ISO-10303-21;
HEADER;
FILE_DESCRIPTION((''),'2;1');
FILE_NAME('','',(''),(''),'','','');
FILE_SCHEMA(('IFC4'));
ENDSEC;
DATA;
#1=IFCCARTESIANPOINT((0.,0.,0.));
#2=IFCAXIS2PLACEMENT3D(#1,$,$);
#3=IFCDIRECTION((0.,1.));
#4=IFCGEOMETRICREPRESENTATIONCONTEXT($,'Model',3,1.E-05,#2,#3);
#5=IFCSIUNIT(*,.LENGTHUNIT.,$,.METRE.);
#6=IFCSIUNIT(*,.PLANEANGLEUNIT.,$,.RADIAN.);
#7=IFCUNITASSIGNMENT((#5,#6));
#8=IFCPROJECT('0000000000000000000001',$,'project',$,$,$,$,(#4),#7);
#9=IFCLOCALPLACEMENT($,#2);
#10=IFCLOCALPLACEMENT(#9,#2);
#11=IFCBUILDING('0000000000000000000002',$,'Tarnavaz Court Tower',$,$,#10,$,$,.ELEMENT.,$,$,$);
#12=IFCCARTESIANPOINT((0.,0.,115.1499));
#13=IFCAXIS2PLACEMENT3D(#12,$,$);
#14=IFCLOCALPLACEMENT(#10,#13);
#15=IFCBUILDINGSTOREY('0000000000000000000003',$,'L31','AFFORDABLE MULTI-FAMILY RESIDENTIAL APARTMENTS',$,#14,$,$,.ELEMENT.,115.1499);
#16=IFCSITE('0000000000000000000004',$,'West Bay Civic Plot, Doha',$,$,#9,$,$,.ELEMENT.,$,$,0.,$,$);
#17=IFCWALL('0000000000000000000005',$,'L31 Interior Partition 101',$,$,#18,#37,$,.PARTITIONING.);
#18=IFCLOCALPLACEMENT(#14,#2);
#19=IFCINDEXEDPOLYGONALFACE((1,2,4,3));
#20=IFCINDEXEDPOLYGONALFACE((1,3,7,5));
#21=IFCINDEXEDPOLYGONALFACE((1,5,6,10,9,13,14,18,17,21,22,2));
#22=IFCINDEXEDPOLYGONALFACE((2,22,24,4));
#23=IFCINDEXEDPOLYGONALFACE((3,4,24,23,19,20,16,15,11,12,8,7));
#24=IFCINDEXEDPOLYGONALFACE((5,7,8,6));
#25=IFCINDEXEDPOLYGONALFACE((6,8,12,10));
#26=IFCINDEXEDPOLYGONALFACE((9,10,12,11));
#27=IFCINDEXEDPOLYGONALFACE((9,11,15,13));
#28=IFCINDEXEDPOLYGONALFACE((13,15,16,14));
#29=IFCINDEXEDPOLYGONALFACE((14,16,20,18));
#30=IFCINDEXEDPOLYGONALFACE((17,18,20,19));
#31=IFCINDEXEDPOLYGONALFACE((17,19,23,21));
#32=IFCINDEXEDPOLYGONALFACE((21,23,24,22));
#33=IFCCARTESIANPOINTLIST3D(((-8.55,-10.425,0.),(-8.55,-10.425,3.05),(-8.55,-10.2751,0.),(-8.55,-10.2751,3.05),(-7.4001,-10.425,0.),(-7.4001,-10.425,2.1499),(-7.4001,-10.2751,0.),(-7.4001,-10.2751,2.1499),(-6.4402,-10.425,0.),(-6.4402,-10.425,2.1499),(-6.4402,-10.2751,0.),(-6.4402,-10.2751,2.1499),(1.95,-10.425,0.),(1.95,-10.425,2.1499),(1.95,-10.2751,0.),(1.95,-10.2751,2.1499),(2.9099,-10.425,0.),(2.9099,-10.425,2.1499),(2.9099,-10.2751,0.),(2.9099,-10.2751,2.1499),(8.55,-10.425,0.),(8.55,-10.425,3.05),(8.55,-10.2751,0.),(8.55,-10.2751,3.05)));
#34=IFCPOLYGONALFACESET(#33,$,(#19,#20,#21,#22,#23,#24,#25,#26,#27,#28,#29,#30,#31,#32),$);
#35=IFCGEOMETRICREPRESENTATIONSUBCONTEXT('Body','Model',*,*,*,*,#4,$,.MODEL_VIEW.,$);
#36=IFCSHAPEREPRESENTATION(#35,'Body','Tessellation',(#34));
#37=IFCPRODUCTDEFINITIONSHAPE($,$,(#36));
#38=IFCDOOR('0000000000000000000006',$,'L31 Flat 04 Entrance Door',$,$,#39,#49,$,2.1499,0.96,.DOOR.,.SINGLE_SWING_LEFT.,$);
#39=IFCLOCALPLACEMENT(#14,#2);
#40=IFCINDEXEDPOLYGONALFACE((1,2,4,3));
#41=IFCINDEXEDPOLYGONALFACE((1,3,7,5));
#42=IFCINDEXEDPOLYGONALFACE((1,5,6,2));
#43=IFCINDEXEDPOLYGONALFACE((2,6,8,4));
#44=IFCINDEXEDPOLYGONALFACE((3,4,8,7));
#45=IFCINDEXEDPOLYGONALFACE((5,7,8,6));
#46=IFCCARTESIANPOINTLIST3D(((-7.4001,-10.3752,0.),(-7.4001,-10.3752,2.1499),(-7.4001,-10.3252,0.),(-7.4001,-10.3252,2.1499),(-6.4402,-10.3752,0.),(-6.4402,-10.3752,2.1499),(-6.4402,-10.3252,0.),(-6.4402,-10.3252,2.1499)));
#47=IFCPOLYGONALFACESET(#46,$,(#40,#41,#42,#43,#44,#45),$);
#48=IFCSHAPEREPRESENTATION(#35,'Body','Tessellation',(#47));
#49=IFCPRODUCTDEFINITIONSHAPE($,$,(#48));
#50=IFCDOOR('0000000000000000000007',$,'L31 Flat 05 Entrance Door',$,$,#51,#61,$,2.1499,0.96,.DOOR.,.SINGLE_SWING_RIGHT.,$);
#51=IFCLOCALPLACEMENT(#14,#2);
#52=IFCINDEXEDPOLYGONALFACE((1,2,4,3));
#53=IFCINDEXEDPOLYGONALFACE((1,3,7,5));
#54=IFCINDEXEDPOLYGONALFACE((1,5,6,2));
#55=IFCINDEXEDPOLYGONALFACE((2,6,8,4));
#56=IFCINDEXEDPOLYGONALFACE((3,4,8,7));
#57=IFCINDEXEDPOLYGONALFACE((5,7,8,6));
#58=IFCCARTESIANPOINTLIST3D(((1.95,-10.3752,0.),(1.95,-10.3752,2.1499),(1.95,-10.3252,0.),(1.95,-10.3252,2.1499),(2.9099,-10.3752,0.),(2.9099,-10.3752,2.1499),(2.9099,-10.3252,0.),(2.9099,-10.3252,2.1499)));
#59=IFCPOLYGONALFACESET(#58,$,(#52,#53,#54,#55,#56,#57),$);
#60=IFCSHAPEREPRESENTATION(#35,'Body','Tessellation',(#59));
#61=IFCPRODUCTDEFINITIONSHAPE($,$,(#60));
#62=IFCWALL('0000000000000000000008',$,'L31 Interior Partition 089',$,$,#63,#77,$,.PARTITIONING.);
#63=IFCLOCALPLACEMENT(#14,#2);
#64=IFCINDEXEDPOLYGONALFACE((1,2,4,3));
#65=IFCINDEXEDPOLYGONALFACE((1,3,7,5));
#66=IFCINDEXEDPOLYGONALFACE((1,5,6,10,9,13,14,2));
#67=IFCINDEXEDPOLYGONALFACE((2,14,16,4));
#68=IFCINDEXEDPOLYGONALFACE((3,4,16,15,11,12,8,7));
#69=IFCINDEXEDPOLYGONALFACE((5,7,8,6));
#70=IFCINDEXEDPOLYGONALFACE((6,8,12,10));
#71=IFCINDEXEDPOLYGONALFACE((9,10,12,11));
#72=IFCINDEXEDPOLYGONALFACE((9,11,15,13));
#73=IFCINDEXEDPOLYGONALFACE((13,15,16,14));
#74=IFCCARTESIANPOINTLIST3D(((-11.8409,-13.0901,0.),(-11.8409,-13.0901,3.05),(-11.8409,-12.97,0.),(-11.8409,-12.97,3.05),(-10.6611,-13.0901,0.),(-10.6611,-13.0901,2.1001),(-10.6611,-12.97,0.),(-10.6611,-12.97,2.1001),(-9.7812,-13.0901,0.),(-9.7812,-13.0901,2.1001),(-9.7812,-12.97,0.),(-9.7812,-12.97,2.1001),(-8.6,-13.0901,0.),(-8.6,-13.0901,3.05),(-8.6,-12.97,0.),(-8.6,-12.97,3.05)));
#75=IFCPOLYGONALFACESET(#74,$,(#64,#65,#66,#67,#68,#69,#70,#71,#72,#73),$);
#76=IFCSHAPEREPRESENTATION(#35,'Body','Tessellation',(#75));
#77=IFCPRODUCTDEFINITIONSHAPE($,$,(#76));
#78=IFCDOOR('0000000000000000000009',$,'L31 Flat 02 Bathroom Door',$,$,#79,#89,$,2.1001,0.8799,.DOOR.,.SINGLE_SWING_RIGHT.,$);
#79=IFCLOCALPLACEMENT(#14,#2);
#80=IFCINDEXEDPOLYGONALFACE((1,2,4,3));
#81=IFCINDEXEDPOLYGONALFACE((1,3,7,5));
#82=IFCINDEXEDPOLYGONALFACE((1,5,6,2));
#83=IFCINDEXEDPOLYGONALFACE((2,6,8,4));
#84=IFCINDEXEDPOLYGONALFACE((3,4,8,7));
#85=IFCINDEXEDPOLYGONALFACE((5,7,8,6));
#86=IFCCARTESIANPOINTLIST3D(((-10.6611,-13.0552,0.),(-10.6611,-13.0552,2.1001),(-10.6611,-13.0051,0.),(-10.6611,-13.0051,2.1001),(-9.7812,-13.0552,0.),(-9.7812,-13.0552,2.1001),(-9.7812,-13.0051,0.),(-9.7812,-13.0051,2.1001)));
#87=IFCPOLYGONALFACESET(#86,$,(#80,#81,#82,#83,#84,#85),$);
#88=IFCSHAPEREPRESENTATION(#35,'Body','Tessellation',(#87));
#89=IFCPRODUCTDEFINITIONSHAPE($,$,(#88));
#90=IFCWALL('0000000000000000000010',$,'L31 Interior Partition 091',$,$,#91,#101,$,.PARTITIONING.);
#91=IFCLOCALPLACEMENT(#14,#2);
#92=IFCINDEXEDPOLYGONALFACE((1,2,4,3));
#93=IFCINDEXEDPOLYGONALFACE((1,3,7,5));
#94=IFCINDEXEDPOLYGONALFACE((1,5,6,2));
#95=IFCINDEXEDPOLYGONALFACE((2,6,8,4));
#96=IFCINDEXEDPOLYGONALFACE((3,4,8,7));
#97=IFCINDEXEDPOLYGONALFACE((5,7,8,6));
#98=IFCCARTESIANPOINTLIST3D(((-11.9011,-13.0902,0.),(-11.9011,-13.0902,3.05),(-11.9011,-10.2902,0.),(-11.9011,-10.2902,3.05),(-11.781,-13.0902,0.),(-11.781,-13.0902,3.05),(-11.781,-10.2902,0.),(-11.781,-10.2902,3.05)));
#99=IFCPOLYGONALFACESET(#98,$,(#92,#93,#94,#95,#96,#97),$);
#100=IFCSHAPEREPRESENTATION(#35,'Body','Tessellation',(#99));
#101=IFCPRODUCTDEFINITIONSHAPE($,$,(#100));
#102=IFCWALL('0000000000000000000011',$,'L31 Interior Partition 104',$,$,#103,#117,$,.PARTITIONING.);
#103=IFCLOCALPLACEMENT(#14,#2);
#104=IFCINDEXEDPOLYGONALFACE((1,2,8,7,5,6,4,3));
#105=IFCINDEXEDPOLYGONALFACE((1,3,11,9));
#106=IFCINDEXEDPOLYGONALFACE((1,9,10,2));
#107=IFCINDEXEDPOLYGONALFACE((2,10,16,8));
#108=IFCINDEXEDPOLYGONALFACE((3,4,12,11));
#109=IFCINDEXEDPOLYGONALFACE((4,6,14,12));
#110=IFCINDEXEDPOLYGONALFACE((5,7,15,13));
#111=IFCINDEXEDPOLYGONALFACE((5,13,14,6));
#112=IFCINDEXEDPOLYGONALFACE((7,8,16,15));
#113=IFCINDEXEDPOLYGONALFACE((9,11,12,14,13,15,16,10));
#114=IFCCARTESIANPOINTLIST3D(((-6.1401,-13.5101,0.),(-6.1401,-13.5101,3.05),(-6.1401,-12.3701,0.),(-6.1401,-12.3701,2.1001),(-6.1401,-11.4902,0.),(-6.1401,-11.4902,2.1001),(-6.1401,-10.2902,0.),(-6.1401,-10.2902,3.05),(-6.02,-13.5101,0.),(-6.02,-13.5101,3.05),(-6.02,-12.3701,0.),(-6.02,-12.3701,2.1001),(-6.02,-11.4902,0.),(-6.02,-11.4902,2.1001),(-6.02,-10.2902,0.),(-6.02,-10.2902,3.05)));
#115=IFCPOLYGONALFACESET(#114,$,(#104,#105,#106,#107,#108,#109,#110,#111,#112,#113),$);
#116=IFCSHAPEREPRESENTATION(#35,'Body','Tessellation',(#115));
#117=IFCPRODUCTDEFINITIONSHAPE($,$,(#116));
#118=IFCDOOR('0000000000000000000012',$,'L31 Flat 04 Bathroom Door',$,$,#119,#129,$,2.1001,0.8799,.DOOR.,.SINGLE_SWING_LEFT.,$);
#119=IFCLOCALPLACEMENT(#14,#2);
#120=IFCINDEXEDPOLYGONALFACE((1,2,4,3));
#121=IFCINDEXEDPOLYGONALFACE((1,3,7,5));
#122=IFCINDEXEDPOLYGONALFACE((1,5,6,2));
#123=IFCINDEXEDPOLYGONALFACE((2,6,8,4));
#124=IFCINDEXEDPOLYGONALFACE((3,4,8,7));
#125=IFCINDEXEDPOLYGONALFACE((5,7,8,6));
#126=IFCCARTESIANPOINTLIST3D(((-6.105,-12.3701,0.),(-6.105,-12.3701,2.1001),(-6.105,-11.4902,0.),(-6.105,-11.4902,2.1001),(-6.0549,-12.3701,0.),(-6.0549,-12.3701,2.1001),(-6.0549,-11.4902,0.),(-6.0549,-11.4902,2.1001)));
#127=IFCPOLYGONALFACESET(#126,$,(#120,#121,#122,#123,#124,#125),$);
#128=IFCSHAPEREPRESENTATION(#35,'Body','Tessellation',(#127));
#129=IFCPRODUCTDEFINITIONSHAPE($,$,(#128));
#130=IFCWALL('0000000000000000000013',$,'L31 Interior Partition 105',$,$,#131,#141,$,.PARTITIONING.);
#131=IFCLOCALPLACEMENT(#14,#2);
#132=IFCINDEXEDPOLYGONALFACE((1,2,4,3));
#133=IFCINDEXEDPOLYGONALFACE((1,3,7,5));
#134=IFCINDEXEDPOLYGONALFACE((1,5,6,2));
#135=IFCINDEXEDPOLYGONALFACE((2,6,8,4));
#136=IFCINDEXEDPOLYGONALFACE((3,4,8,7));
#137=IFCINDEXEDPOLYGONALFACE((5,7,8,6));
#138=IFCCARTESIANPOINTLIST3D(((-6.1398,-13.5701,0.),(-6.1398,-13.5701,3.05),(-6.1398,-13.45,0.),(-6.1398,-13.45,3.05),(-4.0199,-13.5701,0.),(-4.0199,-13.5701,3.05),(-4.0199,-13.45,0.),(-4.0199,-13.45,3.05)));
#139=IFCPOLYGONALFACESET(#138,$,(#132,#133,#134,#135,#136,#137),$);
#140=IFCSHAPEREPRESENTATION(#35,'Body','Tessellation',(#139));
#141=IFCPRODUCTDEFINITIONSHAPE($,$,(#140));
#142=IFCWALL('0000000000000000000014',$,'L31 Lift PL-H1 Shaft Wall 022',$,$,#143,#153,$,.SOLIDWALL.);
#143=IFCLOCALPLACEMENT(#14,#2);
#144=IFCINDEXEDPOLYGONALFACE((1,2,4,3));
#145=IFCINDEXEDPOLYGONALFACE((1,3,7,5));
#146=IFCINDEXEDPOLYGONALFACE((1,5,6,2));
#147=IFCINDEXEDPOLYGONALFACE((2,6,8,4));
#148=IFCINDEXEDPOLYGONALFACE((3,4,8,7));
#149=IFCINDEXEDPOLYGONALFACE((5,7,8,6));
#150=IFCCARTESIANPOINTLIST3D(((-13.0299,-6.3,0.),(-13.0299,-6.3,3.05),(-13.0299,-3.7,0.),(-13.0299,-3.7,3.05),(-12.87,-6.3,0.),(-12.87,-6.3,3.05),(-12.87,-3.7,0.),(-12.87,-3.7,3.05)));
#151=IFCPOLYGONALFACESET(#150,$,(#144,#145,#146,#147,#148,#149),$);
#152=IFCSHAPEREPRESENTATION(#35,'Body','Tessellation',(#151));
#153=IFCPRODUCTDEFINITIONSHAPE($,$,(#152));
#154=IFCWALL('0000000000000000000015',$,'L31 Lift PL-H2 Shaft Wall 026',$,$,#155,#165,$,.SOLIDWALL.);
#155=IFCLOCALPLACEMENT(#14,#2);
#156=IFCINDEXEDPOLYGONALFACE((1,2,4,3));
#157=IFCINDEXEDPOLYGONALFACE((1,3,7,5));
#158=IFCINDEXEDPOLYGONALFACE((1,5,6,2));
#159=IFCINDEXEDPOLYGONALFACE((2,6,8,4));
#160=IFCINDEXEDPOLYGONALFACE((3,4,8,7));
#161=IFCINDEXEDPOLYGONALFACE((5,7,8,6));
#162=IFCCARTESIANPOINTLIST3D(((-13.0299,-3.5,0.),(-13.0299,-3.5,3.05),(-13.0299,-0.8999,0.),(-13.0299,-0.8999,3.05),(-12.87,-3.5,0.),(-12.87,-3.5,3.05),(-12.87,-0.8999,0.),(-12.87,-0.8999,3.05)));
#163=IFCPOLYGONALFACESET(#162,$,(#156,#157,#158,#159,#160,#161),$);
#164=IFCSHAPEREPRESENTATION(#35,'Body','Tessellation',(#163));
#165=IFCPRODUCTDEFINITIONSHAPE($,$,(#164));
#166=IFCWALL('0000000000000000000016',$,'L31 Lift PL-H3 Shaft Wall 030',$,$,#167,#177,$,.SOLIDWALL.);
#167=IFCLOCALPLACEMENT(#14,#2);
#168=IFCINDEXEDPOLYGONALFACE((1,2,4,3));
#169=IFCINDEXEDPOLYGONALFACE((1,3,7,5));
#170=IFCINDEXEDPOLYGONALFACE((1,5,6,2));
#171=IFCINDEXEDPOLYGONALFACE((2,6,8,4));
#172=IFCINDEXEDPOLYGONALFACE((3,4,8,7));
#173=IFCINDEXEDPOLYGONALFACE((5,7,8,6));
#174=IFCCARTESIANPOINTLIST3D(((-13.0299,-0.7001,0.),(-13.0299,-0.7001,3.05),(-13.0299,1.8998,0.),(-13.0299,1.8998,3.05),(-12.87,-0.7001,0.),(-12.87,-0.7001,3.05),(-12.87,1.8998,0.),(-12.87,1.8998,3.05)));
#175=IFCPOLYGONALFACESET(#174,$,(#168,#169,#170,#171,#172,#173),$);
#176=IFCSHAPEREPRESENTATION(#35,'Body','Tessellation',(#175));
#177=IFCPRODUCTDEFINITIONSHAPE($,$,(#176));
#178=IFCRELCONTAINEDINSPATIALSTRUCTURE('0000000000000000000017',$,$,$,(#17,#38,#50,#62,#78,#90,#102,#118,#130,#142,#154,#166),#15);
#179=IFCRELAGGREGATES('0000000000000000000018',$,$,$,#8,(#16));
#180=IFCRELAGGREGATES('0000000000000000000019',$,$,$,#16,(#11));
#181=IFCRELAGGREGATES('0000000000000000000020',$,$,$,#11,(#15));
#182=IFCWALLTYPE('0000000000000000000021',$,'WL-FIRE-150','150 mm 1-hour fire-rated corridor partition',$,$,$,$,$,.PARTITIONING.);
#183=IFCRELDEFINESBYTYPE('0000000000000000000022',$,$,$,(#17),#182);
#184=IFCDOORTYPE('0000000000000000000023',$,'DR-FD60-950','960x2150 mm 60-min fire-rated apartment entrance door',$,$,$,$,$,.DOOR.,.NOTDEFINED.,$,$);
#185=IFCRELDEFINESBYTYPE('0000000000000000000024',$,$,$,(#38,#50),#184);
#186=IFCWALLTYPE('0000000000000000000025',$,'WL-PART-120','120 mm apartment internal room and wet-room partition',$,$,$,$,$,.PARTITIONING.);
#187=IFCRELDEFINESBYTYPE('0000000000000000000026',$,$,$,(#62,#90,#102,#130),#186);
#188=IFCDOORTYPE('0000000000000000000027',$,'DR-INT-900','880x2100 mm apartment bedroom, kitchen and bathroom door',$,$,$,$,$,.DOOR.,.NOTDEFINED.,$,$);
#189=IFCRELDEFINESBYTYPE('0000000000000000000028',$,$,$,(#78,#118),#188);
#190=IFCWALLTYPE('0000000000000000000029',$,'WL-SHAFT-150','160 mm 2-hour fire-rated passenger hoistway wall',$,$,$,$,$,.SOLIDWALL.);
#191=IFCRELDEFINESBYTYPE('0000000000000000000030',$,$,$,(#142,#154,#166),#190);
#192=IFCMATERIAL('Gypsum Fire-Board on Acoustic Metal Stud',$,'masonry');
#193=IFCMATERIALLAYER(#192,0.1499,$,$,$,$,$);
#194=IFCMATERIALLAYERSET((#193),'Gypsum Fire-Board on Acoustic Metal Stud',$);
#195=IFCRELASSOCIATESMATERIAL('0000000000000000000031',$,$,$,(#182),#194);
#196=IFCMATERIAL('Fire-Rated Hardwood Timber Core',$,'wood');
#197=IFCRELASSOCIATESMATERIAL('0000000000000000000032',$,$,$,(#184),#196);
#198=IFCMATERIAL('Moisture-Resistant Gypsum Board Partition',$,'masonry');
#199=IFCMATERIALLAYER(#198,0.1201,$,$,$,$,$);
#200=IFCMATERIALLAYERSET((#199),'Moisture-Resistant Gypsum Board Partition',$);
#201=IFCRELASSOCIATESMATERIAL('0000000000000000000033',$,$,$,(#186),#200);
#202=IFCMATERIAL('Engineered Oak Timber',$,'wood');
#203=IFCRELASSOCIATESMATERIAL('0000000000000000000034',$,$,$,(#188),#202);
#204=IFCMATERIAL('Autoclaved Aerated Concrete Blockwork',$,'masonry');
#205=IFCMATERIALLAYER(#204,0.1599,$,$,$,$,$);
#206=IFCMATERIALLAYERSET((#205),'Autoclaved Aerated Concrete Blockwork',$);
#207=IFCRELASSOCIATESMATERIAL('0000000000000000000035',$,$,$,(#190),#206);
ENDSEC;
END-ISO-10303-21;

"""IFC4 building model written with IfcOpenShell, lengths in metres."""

from ifc_helpers import new_model, si_unit, direction, frame, frame_2d, origin, place, context, subcontext, project, spatial, rectangle, extrude, material, layer, layer_set, type_object, element, fill, save


model = new_model("IFC4")

# Units and contexts
model_context = context("Model", 3, precision=1e-05, world=origin(), true_north=direction((0.0, 1.0)))
body_context = subcontext(model_context, "Body", "Model", "MODEL_VIEW")
ifc_project = project(units=[si_unit("LENGTHUNIT", "METRE"), si_unit("PLANEANGLEUNIT", "RADIAN")], contexts=[model_context])

# Site, building, storey
site_placement = place(None, origin())
site = spatial("IfcSite", under=ifc_project, at=site_placement, Name="West Bay Civic Plot, Doha", CompositionType="ELEMENT", RefElevation=0.0)
building_placement = place(site_placement, origin())
building = spatial("IfcBuilding", under=site, at=building_placement, Name="Tarnavaz Court Tower", CompositionType="ELEMENT")
storey_placement = place(building_placement, frame((0.0, 0.0, 115.1499)))
storey = spatial("IfcBuildingStorey", under=building, at=storey_placement, Name="L31", Description="AFFORDABLE MULTI-FAMILY RESIDENTIAL APARTMENTS", CompositionType="ELEMENT", Elevation=115.1499)

# Wall, openings, doors
ifc_material_1 = material(Name="Gypsum Fire-Board on Acoustic Metal Stud", Category="masonry")
ifc_layer_1 = layer(ifc_material_1, 0.1499)
ifc_layer_set_1 = layer_set([ifc_layer_1], Name="Gypsum Fire-Board on Acoustic Metal Stud")
wall_type_1 = type_object("IfcWallType", Name="WL-FIRE-150", Description="150 mm 1-hour fire-rated corridor partition", PredefinedType="PARTITIONING", material=ifc_layer_set_1)
wall_1_placement = place(storey_placement, frame((-8.55, -10.3501, 0.0), z_axis=(0.0, 0.0, 1.0), x_axis=(1.0, 0.0, 0.0)))
wall_1 = element("IfcWall", 1, at=wall_1_placement, inside=storey, type_object=wall_type_1, Name="L31 Interior Partition 101", PredefinedType="PARTITIONING", context=body_context, shape_type="SweptSolid", body=[
    extrude(rectangle(XDim=17.1001, YDim=0.1499, at=frame_2d((8.55, 0.0))), origin(), (0.0, 0.0, 1.0), 3.05),
])
opening_1_placement = place(wall_1_placement, frame((1.1499, 0.0, 0.0)))
opening_1 = element("IfcOpeningElement", 2, at=opening_1_placement, cuts=wall_1, PredefinedType="OPENING", context=body_context, shape_type="SweptSolid", body=[
    extrude(rectangle(XDim=0.96, YDim=2.1499, at=frame_2d((0.48, 1.075))), frame((0.0, 0.085, 0.0), z_axis=(0.0, -1.0, 0.0), x_axis=(1.0, 0.0, 0.0)), (0.0, 0.0, 1.0), 0.1699),
])
opening_2_placement = place(wall_1_placement, frame((10.5, 0.0, 0.0)))
opening_2 = element("IfcOpeningElement", 3, at=opening_2_placement, cuts=wall_1, PredefinedType="OPENING", context=body_context, shape_type="SweptSolid", body=[
    extrude(rectangle(XDim=0.96, YDim=2.1499, at=frame_2d((0.48, 1.075))), frame((0.0, 0.085, 0.0), z_axis=(0.0, -1.0, 0.0), x_axis=(1.0, 0.0, 0.0)), (0.0, 0.0, 1.0), 0.1699),
])
ifc_material_2 = material(Name="Fire-Rated Hardwood Timber Core", Category="wood")
door_type_1 = type_object("IfcDoorType", Name="DR-FD60-950", Description="960x2150 mm 60-min fire-rated apartment entrance door", OperationType="NOTDEFINED", PredefinedType="DOOR", material=ifc_material_2)
door_1_placement = place(opening_1_placement, origin())
door_1 = element("IfcDoor", 4, at=door_1_placement, inside=storey, type_object=door_type_1, Name="L31 Flat 04 Entrance Door", OperationType="SINGLE_SWING_LEFT", OverallHeight=2.1499, OverallWidth=0.96, PredefinedType="DOOR", context=body_context, shape_type="SweptSolid", body=[
    extrude(rectangle(XDim=0.96, YDim=2.1499, at=frame_2d((0.48, 1.075))), frame((0.0, 0.0249, 0.0), z_axis=(0.0, -1.0, 0.0), x_axis=(1.0, 0.0, 0.0)), (0.0, 0.0, 1.0), 0.05),
])
fill(opening_1, door_1)
door_2_placement = place(opening_2_placement, origin())
door_2 = element("IfcDoor", 5, at=door_2_placement, inside=storey, type_object=door_type_1, Name="L31 Flat 05 Entrance Door", OperationType="SINGLE_SWING_RIGHT", OverallHeight=2.1499, OverallWidth=0.96, PredefinedType="DOOR", context=body_context, shape_type="SweptSolid", body=[
    extrude(rectangle(XDim=0.96, YDim=2.1499, at=frame_2d((0.48, 1.075))), frame((0.0, 0.0249, 0.0), z_axis=(0.0, -1.0, 0.0), x_axis=(1.0, 0.0, 0.0)), (0.0, 0.0, 1.0), 0.05),
])
fill(opening_2, door_2)

# Wall, opening, door
ifc_material_3 = material(Name="Moisture-Resistant Gypsum Board Partition", Category="masonry")
ifc_layer_2 = layer(ifc_material_3, 0.1201)
ifc_layer_set_2 = layer_set([ifc_layer_2], Name="Moisture-Resistant Gypsum Board Partition")
wall_type_2 = type_object("IfcWallType", Name="WL-PART-120", Description="120 mm apartment internal room and wet-room partition", PredefinedType="PARTITIONING", material=ifc_layer_set_2)
wall_2_placement = place(storey_placement, frame((-11.8411, -13.03, 0.0), z_axis=(0.0, 0.0, 1.0), x_axis=(1.0, 0.0, 0.0)))
wall_2 = element("IfcWall", 6, at=wall_2_placement, inside=storey, type_object=wall_type_2, Name="L31 Interior Partition 089", PredefinedType="PARTITIONING", context=body_context, shape_type="SweptSolid", body=[
    extrude(rectangle(XDim=3.241, YDim=0.1201, at=frame_2d((1.6206, 0.0))), origin(), (0.0, 0.0, 1.0), 3.05),
])
opening_3_placement = place(wall_2_placement, frame((1.1799, 0.0, 0.0)))
opening_3 = element("IfcOpeningElement", 7, at=opening_3_placement, cuts=wall_2, PredefinedType="OPENING", context=body_context, shape_type="SweptSolid", body=[
    extrude(rectangle(XDim=0.8799, YDim=2.1001, at=frame_2d((0.4399, 1.05))), frame((0.0, 0.0701, 0.0), z_axis=(0.0, -1.0, 0.0), x_axis=(1.0, 0.0, 0.0)), (0.0, 0.0, 1.0), 0.1401),
])
ifc_material_4 = material(Name="Engineered Oak Timber", Category="wood")
door_type_2 = type_object("IfcDoorType", Name="DR-INT-900", Description="880x2100 mm apartment bedroom, kitchen and bathroom door", OperationType="NOTDEFINED", PredefinedType="DOOR", material=ifc_material_4)
door_3_placement = place(opening_3_placement, origin())
door_3 = element("IfcDoor", 8, at=door_3_placement, inside=storey, type_object=door_type_2, Name="L31 Flat 02 Bathroom Door", OperationType="SINGLE_SWING_RIGHT", OverallHeight=2.1001, OverallWidth=0.8799, PredefinedType="DOOR", context=body_context, shape_type="SweptSolid", body=[
    extrude(rectangle(XDim=0.8799, YDim=2.1001, at=frame_2d((0.4399, 1.05))), frame((0.0, 0.0249, 0.0), z_axis=(0.0, -1.0, 0.0), x_axis=(1.0, 0.0, 0.0)), (0.0, 0.0, 1.0), 0.05),
])
fill(opening_3, door_3)

# Wall
wall_3_placement = place(storey_placement, frame((-11.8411, -13.0901, 0.0), z_axis=(0.0, 0.0, 1.0), x_axis=(0.0, 1.0, 0.0)))
element("IfcWall", 9, at=wall_3_placement, inside=storey, type_object=wall_type_2, Name="L31 Interior Partition 091", PredefinedType="PARTITIONING", context=body_context, shape_type="SweptSolid", body=[
    extrude(rectangle(XDim=2.8, YDim=0.1201, at=frame_2d((1.3999, 0.0))), origin(), (0.0, 0.0, 1.0), 3.05),
])

# Wall, opening, door
wall_4_placement = place(storey_placement, frame((-6.0801, -13.51, 0.0), z_axis=(0.0, 0.0, 1.0), x_axis=(0.0, 1.0, 0.0)))
wall_4 = element("IfcWall", 10, at=wall_4_placement, inside=storey, type_object=wall_type_2, Name="L31 Interior Partition 104", PredefinedType="PARTITIONING", context=body_context, shape_type="SweptSolid", body=[
    extrude(rectangle(XDim=3.22, YDim=0.1201, at=frame_2d((1.6099, 0.0))), origin(), (0.0, 0.0, 1.0), 3.05),
])
opening_4_placement = place(wall_4_placement, frame((1.1399, 0.0, 0.0)))
opening_4 = element("IfcOpeningElement", 11, at=opening_4_placement, cuts=wall_4, PredefinedType="OPENING", context=body_context, shape_type="SweptSolid", body=[
    extrude(rectangle(XDim=0.8799, YDim=2.1001, at=frame_2d((0.4399, 1.05))), frame((0.0, 0.0701, 0.0), z_axis=(0.0, -1.0, 0.0), x_axis=(1.0, 0.0, 0.0)), (0.0, 0.0, 1.0), 0.1401),
])
door_4_placement = place(opening_4_placement, origin())
door_4 = element("IfcDoor", 12, at=door_4_placement, inside=storey, type_object=door_type_2, Name="L31 Flat 04 Bathroom Door", OperationType="SINGLE_SWING_LEFT", OverallHeight=2.1001, OverallWidth=0.8799, PredefinedType="DOOR", context=body_context, shape_type="SweptSolid", body=[
    extrude(rectangle(XDim=0.8799, YDim=2.1001, at=frame_2d((0.4399, 1.05))), frame((0.0, 0.0249, 0.0), z_axis=(0.0, -1.0, 0.0), x_axis=(1.0, 0.0, 0.0)), (0.0, 0.0, 1.0), 0.05),
])
fill(opening_4, door_4)

# Wall
wall_5_placement = place(storey_placement, frame((-6.1399, -13.51, 0.0), z_axis=(0.0, 0.0, 1.0), x_axis=(1.0, 0.0, 0.0)))
element("IfcWall", 13, at=wall_5_placement, inside=storey, type_object=wall_type_2, Name="L31 Interior Partition 105", PredefinedType="PARTITIONING", context=body_context, shape_type="SweptSolid", body=[
    extrude(rectangle(XDim=2.1199, YDim=0.1201, at=frame_2d((1.0601, 0.0))), origin(), (0.0, 0.0, 1.0), 3.05),
])

# Walls
ifc_material_5 = material(Name="Autoclaved Aerated Concrete Blockwork", Category="masonry")
ifc_layer_3 = layer(ifc_material_5, 0.1599)
ifc_layer_set_3 = layer_set([ifc_layer_3], Name="Autoclaved Aerated Concrete Blockwork")
wall_type_3 = type_object("IfcWallType", Name="WL-SHAFT-150", Description="160 mm 2-hour fire-rated passenger hoistway wall", PredefinedType="SOLIDWALL", material=ifc_layer_set_3)
for number, where, z_axis, x_axis, name in (
    (14, (-12.95, -6.3, 0.0), (0.0, 0.0, 1.0), (0.0, 1.0, 0.0), "L31 Lift PL-H1 Shaft Wall 022"),
    (15, (-12.95, -3.5, 0.0), (0.0, 0.0, 1.0), (0.0, 1.0, 0.0), "L31 Lift PL-H2 Shaft Wall 026"),
):
    element("IfcWall", number, at=place(storey_placement, frame(where, z_axis=z_axis, x_axis=x_axis)), inside=storey, type_object=wall_type_3, Name=name, PredefinedType="SOLIDWALL", context=body_context, shape_type="SweptSolid", body=[
        extrude(rectangle(XDim=2.6001, YDim=0.1599, at=frame_2d((1.3, 0.0))), origin(), (0.0, 0.0, 1.0), 3.05),
    ])
wall_6_placement = place(storey_placement, frame((-12.95, -0.7, 0.0), z_axis=(0.0, 0.0, 1.0), x_axis=(0.0, 1.0, 0.0)))
element("IfcWall", 16, at=wall_6_placement, inside=storey, type_object=wall_type_3, Name="L31 Lift PL-H3 Shaft Wall 030", PredefinedType="SOLIDWALL", context=body_context, shape_type="SweptSolid", body=[
    extrude(rectangle(XDim=2.5999, YDim=0.1599, at=frame_2d((1.2998, 0.0))), origin(), (0.0, 0.0, 1.0), 3.05),
])

save(model, "model.ifc")
